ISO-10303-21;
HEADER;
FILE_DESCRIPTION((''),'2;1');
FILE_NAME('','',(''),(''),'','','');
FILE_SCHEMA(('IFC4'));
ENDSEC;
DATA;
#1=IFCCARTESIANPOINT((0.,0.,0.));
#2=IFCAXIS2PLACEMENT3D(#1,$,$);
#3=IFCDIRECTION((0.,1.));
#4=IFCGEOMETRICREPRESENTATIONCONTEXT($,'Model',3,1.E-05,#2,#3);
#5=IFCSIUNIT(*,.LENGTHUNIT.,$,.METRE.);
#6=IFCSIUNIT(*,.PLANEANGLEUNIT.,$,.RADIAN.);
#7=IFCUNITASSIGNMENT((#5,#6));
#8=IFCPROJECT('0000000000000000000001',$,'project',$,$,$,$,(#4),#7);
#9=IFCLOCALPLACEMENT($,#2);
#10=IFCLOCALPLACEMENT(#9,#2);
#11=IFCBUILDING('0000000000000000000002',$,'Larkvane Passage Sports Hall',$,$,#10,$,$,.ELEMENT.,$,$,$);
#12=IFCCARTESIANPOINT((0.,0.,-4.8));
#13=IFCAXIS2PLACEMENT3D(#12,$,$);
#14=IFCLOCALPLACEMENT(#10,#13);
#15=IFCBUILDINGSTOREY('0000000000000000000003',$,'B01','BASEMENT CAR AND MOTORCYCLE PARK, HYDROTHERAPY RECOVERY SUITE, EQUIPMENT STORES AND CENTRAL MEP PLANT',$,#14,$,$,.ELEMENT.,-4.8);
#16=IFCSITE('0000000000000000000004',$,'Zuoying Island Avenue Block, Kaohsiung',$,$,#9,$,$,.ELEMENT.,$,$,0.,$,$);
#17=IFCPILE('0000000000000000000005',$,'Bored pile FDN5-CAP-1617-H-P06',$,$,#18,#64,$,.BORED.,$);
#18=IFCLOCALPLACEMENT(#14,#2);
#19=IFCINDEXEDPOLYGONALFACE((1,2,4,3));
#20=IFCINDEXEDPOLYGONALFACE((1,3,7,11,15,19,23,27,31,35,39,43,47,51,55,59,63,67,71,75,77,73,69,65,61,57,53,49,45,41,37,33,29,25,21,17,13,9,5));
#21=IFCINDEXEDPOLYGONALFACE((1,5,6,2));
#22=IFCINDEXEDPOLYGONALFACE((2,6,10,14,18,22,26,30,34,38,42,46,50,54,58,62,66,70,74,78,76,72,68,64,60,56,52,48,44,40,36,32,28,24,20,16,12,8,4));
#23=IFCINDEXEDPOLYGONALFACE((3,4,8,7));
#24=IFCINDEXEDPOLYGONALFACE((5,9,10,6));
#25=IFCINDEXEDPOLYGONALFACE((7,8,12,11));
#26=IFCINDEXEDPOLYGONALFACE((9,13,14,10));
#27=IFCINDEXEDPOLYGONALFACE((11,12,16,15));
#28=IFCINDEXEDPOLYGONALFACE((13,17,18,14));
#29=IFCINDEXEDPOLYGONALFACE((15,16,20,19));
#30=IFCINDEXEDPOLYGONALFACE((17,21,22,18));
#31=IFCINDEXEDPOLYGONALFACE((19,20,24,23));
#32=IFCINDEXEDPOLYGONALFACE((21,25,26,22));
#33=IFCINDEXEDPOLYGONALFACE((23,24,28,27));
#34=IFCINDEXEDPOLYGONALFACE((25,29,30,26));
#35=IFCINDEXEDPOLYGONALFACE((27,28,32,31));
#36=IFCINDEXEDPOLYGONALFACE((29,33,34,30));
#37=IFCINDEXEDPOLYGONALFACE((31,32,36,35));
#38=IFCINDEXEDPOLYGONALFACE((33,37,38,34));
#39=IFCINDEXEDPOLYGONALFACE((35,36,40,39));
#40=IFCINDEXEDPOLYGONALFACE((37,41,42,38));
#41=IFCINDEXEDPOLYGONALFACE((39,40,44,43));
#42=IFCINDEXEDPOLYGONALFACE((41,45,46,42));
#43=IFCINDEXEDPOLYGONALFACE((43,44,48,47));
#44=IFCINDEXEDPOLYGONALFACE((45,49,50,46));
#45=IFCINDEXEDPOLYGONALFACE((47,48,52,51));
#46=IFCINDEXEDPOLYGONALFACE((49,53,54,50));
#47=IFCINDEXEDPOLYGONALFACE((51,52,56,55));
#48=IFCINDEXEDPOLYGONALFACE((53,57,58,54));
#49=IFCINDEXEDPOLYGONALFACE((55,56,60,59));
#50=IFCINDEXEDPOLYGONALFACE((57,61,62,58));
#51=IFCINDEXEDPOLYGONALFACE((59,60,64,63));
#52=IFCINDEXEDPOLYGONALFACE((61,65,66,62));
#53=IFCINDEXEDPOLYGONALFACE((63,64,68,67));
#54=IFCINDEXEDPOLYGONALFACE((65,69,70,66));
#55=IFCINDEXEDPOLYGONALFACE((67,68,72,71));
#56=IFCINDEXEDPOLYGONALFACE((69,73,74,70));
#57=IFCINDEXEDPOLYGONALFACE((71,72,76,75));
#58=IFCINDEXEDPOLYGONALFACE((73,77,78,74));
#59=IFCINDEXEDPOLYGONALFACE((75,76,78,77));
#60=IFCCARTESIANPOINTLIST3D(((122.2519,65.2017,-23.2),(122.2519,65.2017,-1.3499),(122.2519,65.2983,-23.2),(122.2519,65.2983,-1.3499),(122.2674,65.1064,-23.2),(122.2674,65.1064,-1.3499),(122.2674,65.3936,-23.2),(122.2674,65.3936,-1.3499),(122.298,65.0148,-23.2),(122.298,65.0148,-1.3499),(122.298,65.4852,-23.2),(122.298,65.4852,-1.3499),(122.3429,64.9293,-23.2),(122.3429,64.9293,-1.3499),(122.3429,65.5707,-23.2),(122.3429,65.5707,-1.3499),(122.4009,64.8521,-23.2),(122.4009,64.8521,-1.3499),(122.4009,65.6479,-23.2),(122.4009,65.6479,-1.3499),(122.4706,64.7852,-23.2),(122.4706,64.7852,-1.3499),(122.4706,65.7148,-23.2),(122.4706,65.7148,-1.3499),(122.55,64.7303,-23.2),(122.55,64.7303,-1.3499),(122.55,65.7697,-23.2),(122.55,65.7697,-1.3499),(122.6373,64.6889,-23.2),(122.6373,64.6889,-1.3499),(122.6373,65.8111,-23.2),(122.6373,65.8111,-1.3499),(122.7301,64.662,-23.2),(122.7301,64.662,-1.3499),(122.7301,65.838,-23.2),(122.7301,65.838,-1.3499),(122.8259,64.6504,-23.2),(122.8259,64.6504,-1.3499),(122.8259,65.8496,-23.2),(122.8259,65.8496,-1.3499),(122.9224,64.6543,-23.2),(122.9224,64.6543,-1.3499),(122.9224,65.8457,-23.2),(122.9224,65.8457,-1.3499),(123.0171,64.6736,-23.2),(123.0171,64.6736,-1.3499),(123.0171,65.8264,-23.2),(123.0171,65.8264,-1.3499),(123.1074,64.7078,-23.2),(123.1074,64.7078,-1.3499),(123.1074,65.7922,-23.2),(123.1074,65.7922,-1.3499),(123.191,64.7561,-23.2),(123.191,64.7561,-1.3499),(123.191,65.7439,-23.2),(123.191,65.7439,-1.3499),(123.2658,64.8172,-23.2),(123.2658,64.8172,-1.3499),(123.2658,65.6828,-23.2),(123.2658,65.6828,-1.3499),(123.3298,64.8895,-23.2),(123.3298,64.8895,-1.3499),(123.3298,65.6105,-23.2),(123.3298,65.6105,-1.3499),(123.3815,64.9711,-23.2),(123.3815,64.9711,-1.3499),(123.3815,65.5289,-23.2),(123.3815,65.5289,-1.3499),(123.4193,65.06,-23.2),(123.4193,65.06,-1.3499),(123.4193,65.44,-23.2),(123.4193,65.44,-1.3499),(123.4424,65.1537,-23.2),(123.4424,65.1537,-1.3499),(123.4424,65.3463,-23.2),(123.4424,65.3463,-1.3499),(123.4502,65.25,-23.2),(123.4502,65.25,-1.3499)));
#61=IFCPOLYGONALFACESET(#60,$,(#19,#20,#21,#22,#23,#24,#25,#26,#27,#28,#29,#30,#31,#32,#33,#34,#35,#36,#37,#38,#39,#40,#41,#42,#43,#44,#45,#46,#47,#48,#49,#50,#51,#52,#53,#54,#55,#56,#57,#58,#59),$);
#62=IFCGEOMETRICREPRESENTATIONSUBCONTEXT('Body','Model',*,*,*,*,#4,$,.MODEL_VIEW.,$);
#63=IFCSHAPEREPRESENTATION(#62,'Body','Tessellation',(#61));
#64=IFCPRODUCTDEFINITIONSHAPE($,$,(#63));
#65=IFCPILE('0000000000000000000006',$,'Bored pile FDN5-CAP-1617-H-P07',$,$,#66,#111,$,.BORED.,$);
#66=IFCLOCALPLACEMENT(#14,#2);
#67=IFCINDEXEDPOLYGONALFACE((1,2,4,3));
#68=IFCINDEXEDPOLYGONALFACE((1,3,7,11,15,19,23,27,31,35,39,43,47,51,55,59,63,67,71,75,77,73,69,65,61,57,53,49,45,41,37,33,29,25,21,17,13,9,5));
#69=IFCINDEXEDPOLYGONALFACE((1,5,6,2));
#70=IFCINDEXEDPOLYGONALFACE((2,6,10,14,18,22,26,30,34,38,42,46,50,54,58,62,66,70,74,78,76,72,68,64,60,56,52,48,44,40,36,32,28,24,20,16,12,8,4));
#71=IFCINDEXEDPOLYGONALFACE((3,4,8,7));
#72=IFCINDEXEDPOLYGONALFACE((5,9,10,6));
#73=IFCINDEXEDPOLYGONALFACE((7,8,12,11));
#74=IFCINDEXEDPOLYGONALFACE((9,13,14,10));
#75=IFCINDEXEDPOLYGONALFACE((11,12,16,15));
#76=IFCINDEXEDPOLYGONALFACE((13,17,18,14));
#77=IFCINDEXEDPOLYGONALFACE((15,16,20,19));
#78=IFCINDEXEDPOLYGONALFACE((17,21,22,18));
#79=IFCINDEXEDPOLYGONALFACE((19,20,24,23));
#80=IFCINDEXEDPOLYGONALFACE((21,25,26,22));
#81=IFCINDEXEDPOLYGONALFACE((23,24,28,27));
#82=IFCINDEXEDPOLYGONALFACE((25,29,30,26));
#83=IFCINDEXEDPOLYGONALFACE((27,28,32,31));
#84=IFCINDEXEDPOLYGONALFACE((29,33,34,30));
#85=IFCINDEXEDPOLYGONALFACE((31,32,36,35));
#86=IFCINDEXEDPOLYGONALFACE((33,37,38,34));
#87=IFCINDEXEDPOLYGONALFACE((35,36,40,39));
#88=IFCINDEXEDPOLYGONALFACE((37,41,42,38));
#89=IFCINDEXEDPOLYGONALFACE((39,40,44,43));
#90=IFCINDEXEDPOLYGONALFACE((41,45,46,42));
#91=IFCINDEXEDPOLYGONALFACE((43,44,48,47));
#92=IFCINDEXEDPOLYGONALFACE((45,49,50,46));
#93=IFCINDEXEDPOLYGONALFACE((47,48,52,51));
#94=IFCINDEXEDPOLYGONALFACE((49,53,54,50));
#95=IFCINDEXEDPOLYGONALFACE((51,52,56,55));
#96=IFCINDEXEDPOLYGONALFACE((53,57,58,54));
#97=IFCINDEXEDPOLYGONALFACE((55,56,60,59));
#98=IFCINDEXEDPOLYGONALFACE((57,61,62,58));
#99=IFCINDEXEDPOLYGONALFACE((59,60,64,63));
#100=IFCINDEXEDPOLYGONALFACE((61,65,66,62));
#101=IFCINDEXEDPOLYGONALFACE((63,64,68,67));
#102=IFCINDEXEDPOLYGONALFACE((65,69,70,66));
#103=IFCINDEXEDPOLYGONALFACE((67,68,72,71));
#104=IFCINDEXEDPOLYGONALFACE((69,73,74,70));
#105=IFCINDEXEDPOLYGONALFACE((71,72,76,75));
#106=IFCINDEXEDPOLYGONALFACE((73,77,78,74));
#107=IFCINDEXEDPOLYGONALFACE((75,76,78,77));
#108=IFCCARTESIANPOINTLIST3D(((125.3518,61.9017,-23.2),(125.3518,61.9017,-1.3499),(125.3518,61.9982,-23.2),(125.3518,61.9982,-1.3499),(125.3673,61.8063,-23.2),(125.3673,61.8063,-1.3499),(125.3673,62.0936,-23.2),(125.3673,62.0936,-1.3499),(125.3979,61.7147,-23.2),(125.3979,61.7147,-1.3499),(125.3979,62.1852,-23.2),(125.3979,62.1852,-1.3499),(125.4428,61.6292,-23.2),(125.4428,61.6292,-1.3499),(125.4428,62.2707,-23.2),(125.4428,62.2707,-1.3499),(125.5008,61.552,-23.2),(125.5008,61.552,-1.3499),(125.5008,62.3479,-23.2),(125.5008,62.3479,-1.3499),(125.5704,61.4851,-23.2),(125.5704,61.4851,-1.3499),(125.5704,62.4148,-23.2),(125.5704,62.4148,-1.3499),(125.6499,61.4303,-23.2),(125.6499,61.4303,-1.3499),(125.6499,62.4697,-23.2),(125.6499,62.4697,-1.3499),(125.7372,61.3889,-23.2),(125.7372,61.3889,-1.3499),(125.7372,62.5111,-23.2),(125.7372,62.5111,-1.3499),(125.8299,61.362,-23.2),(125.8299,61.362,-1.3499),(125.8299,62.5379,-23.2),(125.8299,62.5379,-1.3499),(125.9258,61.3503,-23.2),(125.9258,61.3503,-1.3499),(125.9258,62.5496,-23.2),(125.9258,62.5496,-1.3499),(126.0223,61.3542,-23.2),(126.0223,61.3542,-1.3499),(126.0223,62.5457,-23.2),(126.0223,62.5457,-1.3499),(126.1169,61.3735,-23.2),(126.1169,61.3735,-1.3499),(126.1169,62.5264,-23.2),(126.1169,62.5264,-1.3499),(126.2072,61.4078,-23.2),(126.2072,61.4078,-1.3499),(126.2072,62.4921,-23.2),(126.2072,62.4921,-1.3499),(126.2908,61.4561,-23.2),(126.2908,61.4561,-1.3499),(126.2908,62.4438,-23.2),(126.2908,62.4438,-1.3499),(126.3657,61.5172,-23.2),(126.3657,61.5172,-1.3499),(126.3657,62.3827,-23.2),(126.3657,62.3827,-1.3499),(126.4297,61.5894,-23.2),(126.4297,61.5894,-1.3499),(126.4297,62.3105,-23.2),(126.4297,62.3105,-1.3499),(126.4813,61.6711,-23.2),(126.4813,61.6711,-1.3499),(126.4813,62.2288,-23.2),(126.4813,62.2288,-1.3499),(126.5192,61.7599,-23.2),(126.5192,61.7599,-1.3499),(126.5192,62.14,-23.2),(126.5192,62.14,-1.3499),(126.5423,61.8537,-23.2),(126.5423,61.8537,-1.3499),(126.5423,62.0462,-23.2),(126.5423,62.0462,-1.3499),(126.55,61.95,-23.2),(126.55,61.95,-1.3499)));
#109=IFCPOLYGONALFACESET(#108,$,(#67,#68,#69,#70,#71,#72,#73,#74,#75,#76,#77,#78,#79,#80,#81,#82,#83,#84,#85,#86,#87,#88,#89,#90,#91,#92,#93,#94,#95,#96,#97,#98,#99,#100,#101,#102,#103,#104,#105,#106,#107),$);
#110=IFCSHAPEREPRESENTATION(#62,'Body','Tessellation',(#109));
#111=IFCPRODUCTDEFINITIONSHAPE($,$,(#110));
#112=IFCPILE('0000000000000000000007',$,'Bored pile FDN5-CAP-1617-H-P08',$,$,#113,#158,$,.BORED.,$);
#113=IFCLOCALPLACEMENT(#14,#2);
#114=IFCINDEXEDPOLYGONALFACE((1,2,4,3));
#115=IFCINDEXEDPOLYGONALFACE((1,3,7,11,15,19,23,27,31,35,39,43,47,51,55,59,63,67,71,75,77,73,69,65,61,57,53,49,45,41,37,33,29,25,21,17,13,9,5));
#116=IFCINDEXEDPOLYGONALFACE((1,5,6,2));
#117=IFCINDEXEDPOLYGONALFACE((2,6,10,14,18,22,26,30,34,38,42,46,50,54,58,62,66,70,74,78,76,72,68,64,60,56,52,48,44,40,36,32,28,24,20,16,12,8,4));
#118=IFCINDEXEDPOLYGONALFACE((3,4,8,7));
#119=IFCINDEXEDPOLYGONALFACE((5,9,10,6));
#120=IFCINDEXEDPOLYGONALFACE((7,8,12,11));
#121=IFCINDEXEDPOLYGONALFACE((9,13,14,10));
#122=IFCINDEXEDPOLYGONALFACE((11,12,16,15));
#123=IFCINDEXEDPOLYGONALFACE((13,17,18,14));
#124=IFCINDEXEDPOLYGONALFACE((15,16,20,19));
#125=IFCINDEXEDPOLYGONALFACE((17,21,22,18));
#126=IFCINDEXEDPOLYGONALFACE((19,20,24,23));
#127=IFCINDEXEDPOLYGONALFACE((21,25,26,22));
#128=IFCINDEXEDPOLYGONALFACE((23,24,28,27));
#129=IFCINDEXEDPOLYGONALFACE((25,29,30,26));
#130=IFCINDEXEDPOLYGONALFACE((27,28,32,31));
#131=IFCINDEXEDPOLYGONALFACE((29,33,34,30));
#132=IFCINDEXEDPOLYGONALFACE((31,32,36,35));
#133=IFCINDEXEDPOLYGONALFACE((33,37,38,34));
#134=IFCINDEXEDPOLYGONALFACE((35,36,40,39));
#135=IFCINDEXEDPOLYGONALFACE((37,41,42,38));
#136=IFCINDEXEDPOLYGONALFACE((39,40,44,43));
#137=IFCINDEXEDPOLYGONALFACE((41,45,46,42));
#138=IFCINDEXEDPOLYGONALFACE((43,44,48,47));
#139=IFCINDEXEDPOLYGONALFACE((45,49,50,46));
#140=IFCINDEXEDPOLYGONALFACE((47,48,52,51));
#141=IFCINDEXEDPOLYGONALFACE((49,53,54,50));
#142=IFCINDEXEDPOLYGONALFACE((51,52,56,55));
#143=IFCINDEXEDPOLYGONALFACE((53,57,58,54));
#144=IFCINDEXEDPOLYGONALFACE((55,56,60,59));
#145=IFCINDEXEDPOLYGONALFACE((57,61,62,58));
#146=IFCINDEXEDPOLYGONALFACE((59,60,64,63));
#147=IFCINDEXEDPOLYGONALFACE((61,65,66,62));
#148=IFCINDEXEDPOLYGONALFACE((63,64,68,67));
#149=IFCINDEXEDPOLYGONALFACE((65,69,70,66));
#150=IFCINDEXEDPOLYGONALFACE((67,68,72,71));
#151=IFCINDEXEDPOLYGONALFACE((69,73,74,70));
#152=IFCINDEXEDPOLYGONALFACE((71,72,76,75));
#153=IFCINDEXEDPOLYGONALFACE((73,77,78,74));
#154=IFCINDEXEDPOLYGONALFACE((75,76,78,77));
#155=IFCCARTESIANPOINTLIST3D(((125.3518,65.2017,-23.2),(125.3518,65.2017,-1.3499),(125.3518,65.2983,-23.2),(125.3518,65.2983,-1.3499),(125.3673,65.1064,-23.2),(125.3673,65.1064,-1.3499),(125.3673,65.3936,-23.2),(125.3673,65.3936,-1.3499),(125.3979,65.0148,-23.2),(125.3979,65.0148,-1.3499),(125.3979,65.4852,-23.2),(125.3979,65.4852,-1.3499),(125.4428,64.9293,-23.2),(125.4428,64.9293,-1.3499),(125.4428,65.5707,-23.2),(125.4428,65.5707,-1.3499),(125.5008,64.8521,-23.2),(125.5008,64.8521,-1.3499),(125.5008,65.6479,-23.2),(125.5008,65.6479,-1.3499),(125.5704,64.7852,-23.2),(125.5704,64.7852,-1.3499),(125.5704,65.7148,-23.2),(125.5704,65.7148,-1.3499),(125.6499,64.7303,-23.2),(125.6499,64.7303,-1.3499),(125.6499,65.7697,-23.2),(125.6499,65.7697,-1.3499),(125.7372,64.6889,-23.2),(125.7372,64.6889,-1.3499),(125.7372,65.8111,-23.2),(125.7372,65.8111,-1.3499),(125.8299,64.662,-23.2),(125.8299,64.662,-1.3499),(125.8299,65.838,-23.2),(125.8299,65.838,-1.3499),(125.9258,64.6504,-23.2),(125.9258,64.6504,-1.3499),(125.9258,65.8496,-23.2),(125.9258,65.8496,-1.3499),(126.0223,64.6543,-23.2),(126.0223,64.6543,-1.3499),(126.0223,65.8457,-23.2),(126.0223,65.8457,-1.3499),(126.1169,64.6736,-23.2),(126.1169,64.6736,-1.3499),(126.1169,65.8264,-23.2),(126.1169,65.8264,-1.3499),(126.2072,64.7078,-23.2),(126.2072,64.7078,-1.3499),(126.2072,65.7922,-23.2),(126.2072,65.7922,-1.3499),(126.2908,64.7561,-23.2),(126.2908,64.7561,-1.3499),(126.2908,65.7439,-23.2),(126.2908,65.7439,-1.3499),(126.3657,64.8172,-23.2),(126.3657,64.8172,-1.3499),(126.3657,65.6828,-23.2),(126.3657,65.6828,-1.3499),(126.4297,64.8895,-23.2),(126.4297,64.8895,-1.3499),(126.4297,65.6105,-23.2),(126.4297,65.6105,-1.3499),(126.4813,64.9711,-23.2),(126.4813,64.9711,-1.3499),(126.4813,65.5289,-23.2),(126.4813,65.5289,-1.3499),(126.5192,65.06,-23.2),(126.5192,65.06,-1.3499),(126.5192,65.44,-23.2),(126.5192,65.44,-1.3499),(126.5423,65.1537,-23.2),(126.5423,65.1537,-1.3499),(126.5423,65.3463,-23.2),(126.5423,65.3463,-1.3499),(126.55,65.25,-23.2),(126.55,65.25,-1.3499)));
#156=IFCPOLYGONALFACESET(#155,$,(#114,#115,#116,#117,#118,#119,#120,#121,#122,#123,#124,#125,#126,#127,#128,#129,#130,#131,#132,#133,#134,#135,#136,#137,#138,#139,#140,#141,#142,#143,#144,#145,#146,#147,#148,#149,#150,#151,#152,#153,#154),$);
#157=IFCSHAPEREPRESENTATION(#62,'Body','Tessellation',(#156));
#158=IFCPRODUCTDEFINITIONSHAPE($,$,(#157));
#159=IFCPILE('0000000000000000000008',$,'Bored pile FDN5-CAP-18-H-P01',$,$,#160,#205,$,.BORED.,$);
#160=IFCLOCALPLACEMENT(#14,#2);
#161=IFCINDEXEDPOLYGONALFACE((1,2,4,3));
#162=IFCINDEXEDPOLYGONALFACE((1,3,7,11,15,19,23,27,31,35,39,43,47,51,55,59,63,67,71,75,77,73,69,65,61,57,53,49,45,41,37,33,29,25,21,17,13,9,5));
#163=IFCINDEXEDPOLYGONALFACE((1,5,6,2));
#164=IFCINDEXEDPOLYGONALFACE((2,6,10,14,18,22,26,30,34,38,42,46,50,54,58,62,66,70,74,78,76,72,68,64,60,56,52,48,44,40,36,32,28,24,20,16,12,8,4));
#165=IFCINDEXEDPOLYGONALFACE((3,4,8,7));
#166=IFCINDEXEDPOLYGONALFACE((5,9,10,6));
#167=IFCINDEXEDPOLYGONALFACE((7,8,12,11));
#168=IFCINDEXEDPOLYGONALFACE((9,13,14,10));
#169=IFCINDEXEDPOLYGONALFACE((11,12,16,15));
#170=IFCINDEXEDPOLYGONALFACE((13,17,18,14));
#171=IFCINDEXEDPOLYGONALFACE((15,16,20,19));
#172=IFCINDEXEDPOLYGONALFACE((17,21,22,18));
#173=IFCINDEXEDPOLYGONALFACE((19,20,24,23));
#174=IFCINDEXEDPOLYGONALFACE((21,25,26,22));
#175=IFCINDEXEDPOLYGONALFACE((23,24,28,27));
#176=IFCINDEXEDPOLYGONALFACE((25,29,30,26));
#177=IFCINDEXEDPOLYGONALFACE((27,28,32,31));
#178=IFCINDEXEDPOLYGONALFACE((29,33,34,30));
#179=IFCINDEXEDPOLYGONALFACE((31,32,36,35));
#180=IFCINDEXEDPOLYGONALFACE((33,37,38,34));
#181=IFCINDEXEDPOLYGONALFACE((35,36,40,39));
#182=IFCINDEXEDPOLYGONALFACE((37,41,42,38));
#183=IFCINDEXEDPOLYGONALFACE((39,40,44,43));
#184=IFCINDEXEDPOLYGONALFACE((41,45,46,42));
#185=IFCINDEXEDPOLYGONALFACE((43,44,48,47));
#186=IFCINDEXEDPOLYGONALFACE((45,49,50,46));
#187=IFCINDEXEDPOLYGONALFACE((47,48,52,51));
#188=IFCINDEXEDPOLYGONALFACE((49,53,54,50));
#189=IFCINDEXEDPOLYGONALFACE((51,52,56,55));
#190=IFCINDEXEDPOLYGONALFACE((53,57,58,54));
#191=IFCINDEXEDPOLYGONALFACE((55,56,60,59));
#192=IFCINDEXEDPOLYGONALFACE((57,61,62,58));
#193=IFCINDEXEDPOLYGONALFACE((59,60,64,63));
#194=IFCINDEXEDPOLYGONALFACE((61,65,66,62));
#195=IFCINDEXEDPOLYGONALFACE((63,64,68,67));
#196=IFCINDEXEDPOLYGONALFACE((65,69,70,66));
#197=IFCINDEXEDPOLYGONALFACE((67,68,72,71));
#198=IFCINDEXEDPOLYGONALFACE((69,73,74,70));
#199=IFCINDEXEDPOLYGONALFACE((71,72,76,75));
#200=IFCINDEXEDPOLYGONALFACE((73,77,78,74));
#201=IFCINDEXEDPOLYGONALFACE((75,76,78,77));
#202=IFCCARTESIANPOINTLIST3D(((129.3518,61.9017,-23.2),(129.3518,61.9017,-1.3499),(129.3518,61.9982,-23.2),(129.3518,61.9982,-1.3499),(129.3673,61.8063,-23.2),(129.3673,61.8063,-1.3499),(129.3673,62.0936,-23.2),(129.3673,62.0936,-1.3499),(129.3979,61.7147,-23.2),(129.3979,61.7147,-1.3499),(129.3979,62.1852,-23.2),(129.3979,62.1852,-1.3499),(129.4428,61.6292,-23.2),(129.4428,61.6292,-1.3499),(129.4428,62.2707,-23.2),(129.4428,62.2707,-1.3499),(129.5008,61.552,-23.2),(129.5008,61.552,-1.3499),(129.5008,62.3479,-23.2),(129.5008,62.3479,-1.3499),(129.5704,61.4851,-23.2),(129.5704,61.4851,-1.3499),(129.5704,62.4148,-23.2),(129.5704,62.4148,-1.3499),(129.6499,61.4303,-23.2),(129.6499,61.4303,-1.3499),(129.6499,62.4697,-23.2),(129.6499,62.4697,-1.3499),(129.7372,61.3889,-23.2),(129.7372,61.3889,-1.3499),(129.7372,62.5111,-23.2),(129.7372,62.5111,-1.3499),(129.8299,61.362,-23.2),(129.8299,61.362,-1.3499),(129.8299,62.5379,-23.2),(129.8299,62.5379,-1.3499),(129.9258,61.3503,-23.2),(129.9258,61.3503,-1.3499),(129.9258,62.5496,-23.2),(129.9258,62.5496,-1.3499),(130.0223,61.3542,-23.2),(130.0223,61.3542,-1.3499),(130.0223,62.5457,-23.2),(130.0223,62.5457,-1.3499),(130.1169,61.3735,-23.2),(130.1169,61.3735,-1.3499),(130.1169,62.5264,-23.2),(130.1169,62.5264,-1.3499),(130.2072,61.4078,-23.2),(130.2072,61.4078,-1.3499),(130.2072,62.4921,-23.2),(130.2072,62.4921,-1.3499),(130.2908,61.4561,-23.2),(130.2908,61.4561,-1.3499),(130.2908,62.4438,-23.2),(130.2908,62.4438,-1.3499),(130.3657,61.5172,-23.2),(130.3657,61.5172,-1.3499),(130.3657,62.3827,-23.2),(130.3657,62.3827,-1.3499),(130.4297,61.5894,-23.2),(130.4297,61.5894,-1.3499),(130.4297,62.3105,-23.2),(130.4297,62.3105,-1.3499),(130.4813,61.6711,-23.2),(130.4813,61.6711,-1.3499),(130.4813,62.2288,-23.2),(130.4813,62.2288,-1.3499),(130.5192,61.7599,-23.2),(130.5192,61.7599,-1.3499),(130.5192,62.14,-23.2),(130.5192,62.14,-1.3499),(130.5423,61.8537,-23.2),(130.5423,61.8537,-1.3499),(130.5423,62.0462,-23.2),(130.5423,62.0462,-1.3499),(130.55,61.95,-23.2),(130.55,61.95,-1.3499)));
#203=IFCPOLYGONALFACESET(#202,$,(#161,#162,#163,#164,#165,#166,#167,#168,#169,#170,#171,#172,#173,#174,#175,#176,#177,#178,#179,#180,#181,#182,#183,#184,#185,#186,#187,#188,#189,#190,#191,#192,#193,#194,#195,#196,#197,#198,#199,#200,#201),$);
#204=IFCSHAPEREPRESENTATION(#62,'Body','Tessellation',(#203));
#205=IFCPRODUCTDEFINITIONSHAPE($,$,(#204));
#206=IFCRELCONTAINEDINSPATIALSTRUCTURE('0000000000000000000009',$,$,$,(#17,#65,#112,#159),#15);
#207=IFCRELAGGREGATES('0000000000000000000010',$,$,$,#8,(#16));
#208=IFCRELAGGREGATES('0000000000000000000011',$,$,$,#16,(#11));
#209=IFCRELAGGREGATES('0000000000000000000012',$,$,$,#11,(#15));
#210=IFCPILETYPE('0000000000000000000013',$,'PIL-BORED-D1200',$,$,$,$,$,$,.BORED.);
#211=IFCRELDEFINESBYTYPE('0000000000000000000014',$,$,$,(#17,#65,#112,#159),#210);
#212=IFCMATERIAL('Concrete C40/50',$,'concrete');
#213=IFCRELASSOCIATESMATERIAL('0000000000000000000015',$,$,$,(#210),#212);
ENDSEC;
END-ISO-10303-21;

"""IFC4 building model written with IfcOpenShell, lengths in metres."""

from ifc_helpers import new_model, si_unit, direction, frame, origin, origin_2d, place, context, subcontext, project, spatial, circle, extrude, material, material_profile, profile_set, type_object, element, save


model = new_model("IFC4")

# Units and contexts
model_context = context("Model", 3, precision=1e-05, world=origin(), true_north=direction((0.0, 1.0)))
body_context = subcontext(model_context, "Body", "Model", "MODEL_VIEW")
ifc_project = project(units=[si_unit("LENGTHUNIT", "METRE"), si_unit("PLANEANGLEUNIT", "RADIAN")], contexts=[model_context])

# Site, building, storey
site_placement = place(None, origin())
site = spatial("IfcSite", under=ifc_project, at=site_placement, Name="Zuoying Island Avenue Block, Kaohsiung", CompositionType="ELEMENT", RefElevation=0.0)
building_placement = place(site_placement, origin())
building = spatial("IfcBuilding", under=site, at=building_placement, Name="Larkvane Passage Sports Hall", CompositionType="ELEMENT")
storey_placement = place(building_placement, frame((0.0, 0.0, -4.8)))
storey = spatial("IfcBuildingStorey", under=building, at=storey_placement, Name="B01", Description="BASEMENT CAR AND MOTORCYCLE PARK, HYDROTHERAPY RECOVERY SUITE, EQUIPMENT STORES AND CENTRAL MEP PLANT", CompositionType="ELEMENT", Elevation=-4.8)

# Shared definitions
ifc_material_1 = material(Name="Concrete C40/50", Category="concrete")

# Piles
ifc_material_profile_1 = material_profile(ifc_material_1, circle(Radius=0.6001, at=origin_2d()), Name="PILE-D1200")
ifc_profile_set_1 = profile_set([ifc_material_profile_1], Name="Concrete C40/50")
pile_type_1 = type_object("IfcPileType", Name="PIL-BORED-D1200", PredefinedType="BORED", material=ifc_profile_set_1)
for number, where, z_axis, x_axis, name in (
    (1, (122.8501, 65.25, -1.3499), (0.0, 0.0, -1.0), (1.0, 0.0, 0.0), "Bored pile FDN5-CAP-1617-H-P06"),
    (2, (125.95, 61.95, -1.3499), (0.0, 0.0, -1.0), (1.0, 0.0, 0.0), "Bored pile FDN5-CAP-1617-H-P07"),
    (3, (125.95, 65.25, -1.3499), (0.0, 0.0, -1.0), (1.0, 0.0, 0.0), "Bored pile FDN5-CAP-1617-H-P08"),
    (4, (129.95, 61.95, -1.3499), (0.0, 0.0, -1.0), (1.0, 0.0, 0.0), "Bored pile FDN5-CAP-18-H-P01"),
):
    element("IfcPile", number, at=place(storey_placement, frame(where, z_axis=z_axis, x_axis=x_axis)), inside=storey, type_object=pile_type_1, Name=name, PredefinedType="BORED", context=body_context, shape_type="SweptSolid", body=[
        extrude(circle(Radius=0.6001, at=origin_2d()), origin(), (0.0, 0.0, 1.0), 21.8501),
    ])

save(model, "model.ifc")
